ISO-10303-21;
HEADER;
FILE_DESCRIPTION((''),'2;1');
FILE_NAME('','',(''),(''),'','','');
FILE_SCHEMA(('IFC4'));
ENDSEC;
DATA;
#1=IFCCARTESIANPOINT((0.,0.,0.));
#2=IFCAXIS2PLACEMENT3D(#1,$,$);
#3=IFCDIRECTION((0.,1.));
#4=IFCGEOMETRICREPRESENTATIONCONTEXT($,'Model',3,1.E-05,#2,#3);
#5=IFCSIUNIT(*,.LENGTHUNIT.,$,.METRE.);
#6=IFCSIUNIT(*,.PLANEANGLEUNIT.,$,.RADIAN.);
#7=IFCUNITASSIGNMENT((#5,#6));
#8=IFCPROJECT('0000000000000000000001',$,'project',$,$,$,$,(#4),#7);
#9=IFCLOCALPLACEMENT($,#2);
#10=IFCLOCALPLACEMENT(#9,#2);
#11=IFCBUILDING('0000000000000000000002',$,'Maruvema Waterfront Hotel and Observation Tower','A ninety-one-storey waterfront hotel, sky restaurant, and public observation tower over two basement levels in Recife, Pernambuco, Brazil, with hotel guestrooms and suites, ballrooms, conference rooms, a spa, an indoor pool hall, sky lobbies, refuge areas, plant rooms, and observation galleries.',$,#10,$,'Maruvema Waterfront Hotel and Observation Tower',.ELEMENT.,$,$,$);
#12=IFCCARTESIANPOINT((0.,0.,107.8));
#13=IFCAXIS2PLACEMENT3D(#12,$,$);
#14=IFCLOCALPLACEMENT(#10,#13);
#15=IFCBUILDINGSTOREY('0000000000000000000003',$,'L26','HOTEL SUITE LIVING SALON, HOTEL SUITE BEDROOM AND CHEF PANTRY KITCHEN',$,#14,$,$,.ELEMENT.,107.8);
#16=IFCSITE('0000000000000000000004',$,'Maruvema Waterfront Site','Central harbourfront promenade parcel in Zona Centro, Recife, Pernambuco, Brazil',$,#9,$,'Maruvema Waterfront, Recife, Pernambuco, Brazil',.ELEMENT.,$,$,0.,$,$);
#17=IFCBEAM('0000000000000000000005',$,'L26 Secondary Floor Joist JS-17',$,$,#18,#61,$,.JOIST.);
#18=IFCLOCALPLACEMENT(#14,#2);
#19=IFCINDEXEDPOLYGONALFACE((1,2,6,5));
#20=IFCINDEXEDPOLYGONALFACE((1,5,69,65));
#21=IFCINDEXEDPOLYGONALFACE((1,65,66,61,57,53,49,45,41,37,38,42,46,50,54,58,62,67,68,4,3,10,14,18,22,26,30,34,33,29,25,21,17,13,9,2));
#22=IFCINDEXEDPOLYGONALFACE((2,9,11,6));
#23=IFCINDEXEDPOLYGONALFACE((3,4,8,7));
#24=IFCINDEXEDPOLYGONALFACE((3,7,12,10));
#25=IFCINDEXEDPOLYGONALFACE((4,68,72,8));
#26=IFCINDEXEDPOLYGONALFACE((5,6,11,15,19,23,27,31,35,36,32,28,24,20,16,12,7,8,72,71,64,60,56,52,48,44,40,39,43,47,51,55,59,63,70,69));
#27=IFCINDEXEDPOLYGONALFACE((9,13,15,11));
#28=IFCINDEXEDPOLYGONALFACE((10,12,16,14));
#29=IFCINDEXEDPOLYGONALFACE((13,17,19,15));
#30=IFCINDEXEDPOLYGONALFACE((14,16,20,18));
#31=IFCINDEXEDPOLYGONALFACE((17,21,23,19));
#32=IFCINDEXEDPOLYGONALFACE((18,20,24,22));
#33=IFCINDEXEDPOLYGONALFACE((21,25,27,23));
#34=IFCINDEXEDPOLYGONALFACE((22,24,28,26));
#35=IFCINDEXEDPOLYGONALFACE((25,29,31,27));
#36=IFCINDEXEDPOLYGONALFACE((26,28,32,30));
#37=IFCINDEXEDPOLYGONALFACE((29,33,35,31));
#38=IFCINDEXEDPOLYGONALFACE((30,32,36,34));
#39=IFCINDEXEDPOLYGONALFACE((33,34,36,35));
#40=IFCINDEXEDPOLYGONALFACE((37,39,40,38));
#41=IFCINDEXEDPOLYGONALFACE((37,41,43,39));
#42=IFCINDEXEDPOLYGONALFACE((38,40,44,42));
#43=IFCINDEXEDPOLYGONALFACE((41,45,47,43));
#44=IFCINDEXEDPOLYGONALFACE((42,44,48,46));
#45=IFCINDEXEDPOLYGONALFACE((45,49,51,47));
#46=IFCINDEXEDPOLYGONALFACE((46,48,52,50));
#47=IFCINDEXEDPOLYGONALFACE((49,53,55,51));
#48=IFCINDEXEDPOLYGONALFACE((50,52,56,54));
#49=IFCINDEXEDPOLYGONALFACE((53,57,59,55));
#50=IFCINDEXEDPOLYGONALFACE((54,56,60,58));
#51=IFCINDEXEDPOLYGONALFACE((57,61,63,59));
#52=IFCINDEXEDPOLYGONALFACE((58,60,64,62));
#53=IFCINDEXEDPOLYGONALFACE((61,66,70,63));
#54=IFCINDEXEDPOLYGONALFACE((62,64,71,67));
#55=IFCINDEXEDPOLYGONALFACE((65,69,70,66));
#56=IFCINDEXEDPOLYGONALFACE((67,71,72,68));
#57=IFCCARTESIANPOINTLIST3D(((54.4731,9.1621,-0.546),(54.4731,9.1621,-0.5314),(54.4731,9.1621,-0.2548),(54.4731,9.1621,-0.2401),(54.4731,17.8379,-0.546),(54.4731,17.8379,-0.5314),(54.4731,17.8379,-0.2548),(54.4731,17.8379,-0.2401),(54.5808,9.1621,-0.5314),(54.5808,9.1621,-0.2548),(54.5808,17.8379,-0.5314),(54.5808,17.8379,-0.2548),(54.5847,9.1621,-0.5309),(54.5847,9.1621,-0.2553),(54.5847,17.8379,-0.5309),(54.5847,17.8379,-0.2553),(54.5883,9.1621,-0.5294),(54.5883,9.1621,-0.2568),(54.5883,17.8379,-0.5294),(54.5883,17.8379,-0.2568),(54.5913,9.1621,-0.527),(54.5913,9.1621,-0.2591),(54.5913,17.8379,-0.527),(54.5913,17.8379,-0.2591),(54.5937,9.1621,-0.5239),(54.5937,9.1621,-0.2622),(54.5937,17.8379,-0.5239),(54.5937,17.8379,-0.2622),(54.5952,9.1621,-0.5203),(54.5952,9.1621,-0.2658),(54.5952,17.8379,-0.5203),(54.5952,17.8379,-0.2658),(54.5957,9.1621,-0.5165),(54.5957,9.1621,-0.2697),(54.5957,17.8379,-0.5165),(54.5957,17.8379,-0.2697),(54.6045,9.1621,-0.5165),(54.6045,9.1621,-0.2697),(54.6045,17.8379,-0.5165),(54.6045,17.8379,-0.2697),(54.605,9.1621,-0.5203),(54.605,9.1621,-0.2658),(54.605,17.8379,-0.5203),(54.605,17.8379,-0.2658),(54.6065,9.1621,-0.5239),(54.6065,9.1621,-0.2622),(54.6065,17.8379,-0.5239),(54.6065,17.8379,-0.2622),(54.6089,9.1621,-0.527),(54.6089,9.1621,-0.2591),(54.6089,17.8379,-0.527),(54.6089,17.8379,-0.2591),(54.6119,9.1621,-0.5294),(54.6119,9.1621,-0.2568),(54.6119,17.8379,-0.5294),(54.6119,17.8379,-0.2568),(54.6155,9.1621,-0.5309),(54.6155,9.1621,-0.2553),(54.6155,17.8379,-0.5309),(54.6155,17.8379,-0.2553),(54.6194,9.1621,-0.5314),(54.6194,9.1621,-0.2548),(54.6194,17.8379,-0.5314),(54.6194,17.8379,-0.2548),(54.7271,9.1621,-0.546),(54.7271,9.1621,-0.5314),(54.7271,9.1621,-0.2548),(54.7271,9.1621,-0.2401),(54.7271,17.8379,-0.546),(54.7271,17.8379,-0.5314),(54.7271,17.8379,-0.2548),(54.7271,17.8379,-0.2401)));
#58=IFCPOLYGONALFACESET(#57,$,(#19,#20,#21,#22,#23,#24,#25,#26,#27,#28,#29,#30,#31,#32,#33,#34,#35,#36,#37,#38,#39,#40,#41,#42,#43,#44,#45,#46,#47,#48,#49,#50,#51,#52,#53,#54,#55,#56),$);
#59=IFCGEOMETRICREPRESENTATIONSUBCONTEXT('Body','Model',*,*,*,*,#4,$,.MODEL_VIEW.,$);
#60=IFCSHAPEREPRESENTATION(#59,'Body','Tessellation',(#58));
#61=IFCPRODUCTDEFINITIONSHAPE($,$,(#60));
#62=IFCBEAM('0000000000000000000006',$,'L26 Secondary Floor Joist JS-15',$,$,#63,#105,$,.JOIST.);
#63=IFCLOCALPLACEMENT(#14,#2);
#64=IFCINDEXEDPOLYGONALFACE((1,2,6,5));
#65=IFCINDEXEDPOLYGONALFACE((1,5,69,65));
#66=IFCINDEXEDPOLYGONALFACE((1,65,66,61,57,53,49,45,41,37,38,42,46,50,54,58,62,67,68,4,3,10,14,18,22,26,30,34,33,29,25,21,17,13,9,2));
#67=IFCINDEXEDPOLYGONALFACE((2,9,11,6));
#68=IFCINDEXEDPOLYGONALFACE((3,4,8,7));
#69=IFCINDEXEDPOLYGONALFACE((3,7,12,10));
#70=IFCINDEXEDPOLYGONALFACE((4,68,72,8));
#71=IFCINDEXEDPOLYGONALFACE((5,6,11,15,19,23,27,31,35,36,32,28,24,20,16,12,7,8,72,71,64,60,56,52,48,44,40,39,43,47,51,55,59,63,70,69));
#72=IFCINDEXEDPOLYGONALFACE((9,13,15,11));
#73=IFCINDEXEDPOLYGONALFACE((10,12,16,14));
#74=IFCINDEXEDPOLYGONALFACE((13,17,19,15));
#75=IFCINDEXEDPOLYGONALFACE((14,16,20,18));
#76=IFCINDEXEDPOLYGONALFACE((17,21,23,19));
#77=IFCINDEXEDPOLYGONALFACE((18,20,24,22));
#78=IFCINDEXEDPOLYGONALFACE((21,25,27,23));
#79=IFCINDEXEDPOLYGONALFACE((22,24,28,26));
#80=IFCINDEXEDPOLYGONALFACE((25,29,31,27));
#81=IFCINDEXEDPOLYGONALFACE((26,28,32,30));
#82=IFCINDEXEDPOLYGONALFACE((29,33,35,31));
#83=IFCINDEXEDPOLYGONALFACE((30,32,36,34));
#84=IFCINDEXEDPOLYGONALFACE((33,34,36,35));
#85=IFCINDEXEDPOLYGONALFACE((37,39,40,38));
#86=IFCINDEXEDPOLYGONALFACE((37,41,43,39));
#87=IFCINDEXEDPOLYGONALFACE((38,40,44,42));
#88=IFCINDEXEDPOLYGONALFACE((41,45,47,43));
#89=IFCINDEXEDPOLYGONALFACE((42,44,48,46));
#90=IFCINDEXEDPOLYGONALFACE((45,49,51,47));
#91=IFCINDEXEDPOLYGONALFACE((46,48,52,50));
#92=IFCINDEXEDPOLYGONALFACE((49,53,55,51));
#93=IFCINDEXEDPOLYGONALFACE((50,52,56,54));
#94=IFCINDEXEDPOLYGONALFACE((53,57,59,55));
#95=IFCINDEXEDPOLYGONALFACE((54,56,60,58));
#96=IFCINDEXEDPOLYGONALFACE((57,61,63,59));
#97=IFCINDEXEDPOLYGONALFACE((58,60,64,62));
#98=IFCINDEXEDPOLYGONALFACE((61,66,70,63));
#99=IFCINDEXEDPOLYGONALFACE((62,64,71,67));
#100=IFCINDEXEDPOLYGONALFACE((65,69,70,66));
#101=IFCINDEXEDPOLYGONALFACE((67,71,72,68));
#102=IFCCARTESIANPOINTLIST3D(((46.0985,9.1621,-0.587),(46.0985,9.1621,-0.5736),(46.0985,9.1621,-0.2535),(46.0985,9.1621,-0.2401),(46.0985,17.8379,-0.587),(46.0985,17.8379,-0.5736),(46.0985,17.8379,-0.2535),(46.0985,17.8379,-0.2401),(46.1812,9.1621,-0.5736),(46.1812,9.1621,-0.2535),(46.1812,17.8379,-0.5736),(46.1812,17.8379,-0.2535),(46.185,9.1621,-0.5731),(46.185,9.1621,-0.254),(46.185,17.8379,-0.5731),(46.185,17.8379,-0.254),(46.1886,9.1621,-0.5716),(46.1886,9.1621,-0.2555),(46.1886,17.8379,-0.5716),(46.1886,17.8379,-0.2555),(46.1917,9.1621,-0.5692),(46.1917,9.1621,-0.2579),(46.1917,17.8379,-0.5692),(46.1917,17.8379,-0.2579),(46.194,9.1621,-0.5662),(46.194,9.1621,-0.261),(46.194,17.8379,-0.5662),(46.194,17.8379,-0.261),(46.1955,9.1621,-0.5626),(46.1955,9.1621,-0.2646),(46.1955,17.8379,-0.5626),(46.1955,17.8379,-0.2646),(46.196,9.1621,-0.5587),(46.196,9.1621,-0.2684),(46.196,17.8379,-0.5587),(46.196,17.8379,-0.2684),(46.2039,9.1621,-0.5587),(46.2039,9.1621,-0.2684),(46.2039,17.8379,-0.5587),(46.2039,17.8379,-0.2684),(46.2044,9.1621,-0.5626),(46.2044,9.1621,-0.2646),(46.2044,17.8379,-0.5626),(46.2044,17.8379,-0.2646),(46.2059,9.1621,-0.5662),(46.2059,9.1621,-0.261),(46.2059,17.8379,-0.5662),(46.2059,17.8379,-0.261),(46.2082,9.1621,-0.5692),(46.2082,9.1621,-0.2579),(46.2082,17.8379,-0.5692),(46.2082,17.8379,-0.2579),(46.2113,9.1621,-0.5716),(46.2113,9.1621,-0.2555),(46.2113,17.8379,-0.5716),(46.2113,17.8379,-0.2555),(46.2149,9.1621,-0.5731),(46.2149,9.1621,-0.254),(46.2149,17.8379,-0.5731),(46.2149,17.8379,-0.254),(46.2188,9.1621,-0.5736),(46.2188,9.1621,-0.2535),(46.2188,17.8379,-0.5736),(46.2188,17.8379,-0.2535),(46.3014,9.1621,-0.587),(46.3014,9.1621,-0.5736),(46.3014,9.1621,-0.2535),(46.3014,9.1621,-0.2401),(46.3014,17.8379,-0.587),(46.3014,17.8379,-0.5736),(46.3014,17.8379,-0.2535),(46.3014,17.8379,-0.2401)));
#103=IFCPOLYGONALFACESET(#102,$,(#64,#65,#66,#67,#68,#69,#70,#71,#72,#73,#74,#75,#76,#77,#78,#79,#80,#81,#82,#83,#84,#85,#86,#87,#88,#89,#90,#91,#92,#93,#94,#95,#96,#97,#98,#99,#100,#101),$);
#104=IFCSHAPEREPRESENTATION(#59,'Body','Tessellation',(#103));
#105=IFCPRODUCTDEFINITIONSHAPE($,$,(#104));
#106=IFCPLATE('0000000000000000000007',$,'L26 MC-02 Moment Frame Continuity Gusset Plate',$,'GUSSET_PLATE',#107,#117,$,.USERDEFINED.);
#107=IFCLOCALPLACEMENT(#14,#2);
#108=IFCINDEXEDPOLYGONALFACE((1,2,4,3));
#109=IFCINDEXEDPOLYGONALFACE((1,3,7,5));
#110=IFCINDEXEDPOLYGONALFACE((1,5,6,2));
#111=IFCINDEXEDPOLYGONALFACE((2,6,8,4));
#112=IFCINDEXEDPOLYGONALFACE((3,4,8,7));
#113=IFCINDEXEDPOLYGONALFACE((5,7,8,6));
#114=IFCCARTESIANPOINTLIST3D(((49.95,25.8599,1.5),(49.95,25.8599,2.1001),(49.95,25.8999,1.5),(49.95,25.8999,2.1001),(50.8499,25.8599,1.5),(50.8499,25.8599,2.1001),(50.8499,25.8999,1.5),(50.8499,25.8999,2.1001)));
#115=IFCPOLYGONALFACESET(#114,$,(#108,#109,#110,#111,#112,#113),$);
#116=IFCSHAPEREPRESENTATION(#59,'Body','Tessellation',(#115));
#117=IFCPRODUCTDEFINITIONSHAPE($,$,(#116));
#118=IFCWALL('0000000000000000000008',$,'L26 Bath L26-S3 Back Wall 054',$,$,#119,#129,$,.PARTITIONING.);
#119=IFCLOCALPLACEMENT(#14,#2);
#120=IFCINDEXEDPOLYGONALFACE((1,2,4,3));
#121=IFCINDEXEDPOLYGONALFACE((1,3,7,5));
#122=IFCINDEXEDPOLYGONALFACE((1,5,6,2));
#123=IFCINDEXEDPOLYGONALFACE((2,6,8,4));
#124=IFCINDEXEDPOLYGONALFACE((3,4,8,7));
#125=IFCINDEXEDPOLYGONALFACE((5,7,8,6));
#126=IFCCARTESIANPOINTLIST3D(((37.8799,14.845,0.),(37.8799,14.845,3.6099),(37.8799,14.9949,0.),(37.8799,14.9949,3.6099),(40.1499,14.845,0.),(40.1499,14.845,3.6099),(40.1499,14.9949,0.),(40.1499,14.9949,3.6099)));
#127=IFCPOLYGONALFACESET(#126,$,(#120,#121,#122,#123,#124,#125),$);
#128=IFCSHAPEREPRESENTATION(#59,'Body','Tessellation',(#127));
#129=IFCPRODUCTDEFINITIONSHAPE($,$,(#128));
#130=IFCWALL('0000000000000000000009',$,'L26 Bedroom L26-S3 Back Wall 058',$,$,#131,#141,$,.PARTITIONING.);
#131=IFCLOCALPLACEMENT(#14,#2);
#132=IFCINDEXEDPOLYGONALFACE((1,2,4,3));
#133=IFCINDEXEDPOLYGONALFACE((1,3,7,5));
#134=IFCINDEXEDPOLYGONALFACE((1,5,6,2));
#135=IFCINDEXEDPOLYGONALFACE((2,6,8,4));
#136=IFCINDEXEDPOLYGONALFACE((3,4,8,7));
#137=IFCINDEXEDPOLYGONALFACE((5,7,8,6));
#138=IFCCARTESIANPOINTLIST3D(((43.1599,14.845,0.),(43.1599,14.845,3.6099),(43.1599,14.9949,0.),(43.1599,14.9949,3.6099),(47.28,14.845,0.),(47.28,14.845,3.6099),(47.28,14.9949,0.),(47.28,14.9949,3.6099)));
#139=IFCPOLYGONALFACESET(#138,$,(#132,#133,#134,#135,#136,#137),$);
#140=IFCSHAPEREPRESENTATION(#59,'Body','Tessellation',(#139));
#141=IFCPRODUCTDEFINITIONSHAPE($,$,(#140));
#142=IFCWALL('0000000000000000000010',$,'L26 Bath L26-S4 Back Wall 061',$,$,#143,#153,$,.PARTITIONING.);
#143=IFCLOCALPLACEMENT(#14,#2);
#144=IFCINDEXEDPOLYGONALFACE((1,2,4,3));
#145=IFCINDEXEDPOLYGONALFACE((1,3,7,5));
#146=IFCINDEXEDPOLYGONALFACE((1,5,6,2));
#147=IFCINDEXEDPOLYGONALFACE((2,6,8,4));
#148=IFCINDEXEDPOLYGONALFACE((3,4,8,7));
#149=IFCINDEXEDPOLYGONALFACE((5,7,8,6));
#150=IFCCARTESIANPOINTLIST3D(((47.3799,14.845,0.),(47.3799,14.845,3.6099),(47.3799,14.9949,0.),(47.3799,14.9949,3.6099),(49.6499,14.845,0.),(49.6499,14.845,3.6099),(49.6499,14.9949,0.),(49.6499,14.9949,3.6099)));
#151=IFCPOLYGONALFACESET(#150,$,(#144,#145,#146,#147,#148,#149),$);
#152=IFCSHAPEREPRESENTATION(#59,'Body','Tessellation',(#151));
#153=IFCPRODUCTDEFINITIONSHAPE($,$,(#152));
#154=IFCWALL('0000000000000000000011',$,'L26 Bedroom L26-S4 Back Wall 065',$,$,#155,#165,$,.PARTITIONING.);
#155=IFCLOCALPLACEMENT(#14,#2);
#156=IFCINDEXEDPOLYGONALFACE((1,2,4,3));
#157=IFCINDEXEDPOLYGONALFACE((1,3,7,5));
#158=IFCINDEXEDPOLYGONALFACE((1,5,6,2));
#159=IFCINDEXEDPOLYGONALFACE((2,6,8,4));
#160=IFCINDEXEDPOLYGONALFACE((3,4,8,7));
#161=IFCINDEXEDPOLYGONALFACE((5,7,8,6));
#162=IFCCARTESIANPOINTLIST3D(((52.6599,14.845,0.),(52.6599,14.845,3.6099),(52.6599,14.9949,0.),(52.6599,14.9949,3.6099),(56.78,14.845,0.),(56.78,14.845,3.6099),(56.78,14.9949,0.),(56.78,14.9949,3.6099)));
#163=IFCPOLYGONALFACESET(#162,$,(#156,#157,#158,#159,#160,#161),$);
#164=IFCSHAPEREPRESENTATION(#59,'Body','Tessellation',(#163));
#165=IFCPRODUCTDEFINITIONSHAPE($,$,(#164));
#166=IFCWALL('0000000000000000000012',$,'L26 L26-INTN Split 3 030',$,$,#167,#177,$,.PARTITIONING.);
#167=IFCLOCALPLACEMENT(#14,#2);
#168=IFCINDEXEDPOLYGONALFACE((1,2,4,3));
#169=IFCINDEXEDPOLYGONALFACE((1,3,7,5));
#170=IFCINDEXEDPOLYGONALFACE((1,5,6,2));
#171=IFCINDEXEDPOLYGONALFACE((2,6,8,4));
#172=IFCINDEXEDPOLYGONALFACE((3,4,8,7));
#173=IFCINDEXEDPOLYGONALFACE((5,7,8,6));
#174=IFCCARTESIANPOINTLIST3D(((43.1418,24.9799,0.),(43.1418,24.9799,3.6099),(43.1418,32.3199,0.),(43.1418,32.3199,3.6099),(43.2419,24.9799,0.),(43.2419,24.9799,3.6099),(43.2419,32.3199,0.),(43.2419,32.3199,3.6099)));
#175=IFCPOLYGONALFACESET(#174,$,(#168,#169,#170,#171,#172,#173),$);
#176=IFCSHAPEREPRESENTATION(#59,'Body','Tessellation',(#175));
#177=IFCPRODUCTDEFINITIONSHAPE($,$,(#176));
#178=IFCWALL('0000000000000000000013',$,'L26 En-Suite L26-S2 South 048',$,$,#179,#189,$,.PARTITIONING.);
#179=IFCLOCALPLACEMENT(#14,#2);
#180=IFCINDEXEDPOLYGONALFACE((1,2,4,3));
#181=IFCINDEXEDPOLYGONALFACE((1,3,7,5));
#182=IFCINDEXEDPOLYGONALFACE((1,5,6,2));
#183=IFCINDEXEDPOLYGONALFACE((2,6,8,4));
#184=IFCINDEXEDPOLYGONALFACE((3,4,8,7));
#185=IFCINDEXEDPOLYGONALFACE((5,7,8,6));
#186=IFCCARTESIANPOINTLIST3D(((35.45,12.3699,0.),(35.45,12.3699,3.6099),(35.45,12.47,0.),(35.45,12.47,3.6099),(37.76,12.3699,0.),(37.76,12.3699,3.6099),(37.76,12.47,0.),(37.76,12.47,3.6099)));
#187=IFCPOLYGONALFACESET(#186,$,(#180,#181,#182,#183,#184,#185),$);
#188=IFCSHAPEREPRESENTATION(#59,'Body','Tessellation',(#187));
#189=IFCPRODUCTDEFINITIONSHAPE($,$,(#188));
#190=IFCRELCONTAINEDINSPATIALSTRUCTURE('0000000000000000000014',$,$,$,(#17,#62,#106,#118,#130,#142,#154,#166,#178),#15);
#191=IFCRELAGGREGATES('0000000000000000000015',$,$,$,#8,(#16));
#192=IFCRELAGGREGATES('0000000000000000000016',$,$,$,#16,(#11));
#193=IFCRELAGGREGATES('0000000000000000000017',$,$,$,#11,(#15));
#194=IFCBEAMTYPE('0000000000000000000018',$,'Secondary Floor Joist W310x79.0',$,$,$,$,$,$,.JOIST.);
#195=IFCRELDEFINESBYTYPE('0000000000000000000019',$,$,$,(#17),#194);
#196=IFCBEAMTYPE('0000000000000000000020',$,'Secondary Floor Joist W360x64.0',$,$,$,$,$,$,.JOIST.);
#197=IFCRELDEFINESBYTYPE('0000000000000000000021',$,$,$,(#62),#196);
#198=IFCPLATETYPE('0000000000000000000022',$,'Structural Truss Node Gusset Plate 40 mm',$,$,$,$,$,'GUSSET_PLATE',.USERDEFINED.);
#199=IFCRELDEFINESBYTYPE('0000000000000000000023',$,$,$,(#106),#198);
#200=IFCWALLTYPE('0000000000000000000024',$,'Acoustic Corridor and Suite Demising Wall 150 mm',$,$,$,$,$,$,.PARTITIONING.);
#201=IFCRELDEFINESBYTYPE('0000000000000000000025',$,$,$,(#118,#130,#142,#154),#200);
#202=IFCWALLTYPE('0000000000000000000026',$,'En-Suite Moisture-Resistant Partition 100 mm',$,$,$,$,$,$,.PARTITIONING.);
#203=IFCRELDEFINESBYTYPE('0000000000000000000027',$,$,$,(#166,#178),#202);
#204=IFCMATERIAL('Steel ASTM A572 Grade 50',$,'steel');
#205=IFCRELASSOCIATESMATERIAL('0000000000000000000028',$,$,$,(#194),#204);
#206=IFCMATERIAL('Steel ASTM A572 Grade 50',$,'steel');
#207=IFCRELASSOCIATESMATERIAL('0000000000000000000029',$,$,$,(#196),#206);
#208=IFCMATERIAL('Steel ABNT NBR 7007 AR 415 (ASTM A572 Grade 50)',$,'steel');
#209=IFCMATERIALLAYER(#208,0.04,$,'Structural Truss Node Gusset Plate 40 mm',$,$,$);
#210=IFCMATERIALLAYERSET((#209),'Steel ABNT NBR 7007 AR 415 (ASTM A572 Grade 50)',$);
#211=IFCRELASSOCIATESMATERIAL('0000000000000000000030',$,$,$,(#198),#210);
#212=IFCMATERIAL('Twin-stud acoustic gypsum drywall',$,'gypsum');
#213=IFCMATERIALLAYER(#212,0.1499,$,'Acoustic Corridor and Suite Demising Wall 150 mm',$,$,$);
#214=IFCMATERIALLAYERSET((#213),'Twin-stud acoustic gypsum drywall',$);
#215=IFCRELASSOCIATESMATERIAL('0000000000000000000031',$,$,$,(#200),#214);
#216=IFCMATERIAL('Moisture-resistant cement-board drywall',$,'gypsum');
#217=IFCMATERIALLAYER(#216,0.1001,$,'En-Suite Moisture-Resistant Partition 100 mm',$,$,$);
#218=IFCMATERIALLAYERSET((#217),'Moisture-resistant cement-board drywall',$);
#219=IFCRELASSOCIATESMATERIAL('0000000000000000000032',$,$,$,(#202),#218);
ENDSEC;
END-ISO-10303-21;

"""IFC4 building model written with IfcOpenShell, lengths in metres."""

from ifc_helpers import new_model, si_unit, direction, frame, frame_2d, origin, origin_2d, place, context, subcontext, project, spatial, rectangle, i_section, extrude, material, layer, layer_set, material_profile, profile_set, type_object, element, save


model = new_model("IFC4")

# Units and contexts
model_context = context("Model", 3, precision=1e-05, world=origin(), true_north=direction((0.0, 1.0)))
body_context = subcontext(model_context, "Body", "Model", "MODEL_VIEW")
ifc_project = project(units=[si_unit("LENGTHUNIT", "METRE"), si_unit("PLANEANGLEUNIT", "RADIAN")], contexts=[model_context])

# Site, building, storey
site_placement = place(None, origin())
site = spatial("IfcSite", under=ifc_project, at=site_placement, Name="Maruvema Waterfront Site", Description="Central harbourfront promenade parcel in Zona Centro, Recife, Pernambuco, Brazil", LongName="Maruvema Waterfront, Recife, Pernambuco, Brazil", CompositionType="ELEMENT", RefElevation=0.0)
building_placement = place(site_placement, origin())
building = spatial("IfcBuilding", under=site, at=building_placement, Name="Maruvema Waterfront Hotel and Observation Tower", Description="A ninety-one-storey waterfront hotel, sky restaurant, and public observation tower over two basement levels in Recife, Pernambuco, Brazil, with hotel guestrooms and suites, ballrooms, conference rooms, a spa, an indoor pool hall, sky lobbies, refuge areas, plant rooms, and observation galleries.", LongName="Maruvema Waterfront Hotel and Observation Tower", CompositionType="ELEMENT")
storey_placement = place(building_placement, frame((0.0, 0.0, 107.8)))
storey = spatial("IfcBuildingStorey", under=building, at=storey_placement, Name="L26", Description="HOTEL SUITE LIVING SALON, HOTEL SUITE BEDROOM AND CHEF PANTRY KITCHEN", CompositionType="ELEMENT", Elevation=107.8)

# Beams
ifc_material_1 = material(Name="Steel ASTM A572 Grade 50", Category="steel")
ifc_material_profile_1 = material_profile(ifc_material_1, i_section(OverallWidth=0.2539, OverallDepth=0.3059, WebThickness=0.0088, FlangeThickness=0.0146, FilletRadius=0.0149, at=origin_2d()), Name="W310x79.0")
ifc_profile_set_1 = profile_set([ifc_material_profile_1], Name="Steel ASTM A572 Grade 50")
beam_type_1 = type_object("IfcBeamType", Name="Secondary Floor Joist W310x79.0", PredefinedType="JOIST", material=ifc_profile_set_1)
beam_1_placement = place(storey_placement, frame((54.6001, 9.1621, -0.3931), z_axis=(0.0, 1.0, 0.0), x_axis=(-1.0, 0.0, 0.0)))
element("IfcBeam", 1, at=beam_1_placement, inside=storey, type_object=beam_type_1, Name="L26 Secondary Floor Joist JS-17", PredefinedType="JOIST", context=body_context, shape_type="SweptSolid", body=[
    extrude(i_section(OverallWidth=0.2539, OverallDepth=0.3059, WebThickness=0.0088, FlangeThickness=0.0146, FilletRadius=0.0149, at=origin_2d()), origin(), (0.0, 0.0, 1.0), 8.6758),
])
ifc_material_2 = material(Name="Steel ASTM A572 Grade 50", Category="steel")
ifc_material_profile_2 = material_profile(ifc_material_2, i_section(OverallWidth=0.2029, OverallDepth=0.3469, WebThickness=0.0078, FlangeThickness=0.0134, FilletRadius=0.0149, at=origin_2d()), Name="W360x64.0")
ifc_profile_set_2 = profile_set([ifc_material_profile_2], Name="Steel ASTM A572 Grade 50")
beam_type_2 = type_object("IfcBeamType", Name="Secondary Floor Joist W360x64.0", PredefinedType="JOIST", material=ifc_profile_set_2)
beam_2_placement = place(storey_placement, frame((46.2, 9.1621, -0.4136), z_axis=(0.0, 1.0, 0.0), x_axis=(-1.0, 0.0, 0.0)))
element("IfcBeam", 2, at=beam_2_placement, inside=storey, type_object=beam_type_2, Name="L26 Secondary Floor Joist JS-15", PredefinedType="JOIST", context=body_context, shape_type="SweptSolid", body=[
    extrude(i_section(OverallWidth=0.2029, OverallDepth=0.3469, WebThickness=0.0078, FlangeThickness=0.0134, FilletRadius=0.0149, at=origin_2d()), origin(), (0.0, 0.0, 1.0), 8.6758),
])

# Plate
ifc_material_3 = material(Name="Steel ABNT NBR 7007 AR 415 (ASTM A572 Grade 50)", Category="steel")
ifc_layer_1 = layer(ifc_material_3, 0.04, Name="Structural Truss Node Gusset Plate 40 mm")
ifc_layer_set_1 = layer_set([ifc_layer_1], Name="Steel ABNT NBR 7007 AR 415 (ASTM A572 Grade 50)")
plate_type = type_object("IfcPlateType", Name="Structural Truss Node Gusset Plate 40 mm", ElementType="GUSSET_PLATE", PredefinedType="USERDEFINED", material=ifc_layer_set_1)
plate_placement = place(storey_placement, frame((50.3999, 25.8799, 1.5), z_axis=(0.0, 0.0, 1.0), x_axis=(1.0, 0.0, 0.0)))
element("IfcPlate", 3, at=plate_placement, inside=storey, type_object=plate_type, Name="L26 MC-02 Moment Frame Continuity Gusset Plate", ObjectType="GUSSET_PLATE", PredefinedType="USERDEFINED", context=body_context, shape_type="SweptSolid", body=[
    extrude(rectangle(XDim=0.8999, YDim=0.04, at=origin_2d()), origin(), (0.0, 0.0, 1.0), 0.6001),
])

# Wall
ifc_material_4 = material(Name="Twin-stud acoustic gypsum drywall", Category="gypsum")
ifc_layer_2 = layer(ifc_material_4, 0.1499, Name="Acoustic Corridor and Suite Demising Wall 150 mm")
ifc_layer_set_2 = layer_set([ifc_layer_2], Name="Twin-stud acoustic gypsum drywall")
wall_type_1 = type_object("IfcWallType", Name="Acoustic Corridor and Suite Demising Wall 150 mm", PredefinedType="PARTITIONING", material=ifc_layer_set_2)
wall_1_placement = place(storey_placement, frame((37.8799, 14.9199, 0.0), z_axis=(0.0, 0.0, 1.0), x_axis=(1.0, 0.0, 0.0)))
element("IfcWall", 4, at=wall_1_placement, inside=storey, type_object=wall_type_1, Name="L26 Bath L26-S3 Back Wall 054", PredefinedType="PARTITIONING", context=body_context, shape_type="SweptSolid", body=[
    extrude(rectangle(XDim=2.27, YDim=0.1499, at=frame_2d((1.135, 0.0))), origin(), (0.0, 0.0, 1.0), 3.6099),
])

# Walls
wall_2_placement = place(storey_placement, frame((43.1599, 14.9199, 0.0), z_axis=(0.0, 0.0, 1.0), x_axis=(1.0, 0.0, 0.0)))
element("IfcWall", 5, at=wall_2_placement, inside=storey, type_object=wall_type_1, Name="L26 Bedroom L26-S3 Back Wall 058", PredefinedType="PARTITIONING", context=body_context, shape_type="SweptSolid", body=[
    extrude(rectangle(XDim=4.1201, YDim=0.1499, at=frame_2d((2.0601, 0.0))), origin(), (0.0, 0.0, 1.0), 3.6099),
])
wall_3_placement = place(storey_placement, frame((47.3799, 14.9199, 0.0), z_axis=(0.0, 0.0, 1.0), x_axis=(1.0, 0.0, 0.0)))
element("IfcWall", 6, at=wall_3_placement, inside=storey, type_object=wall_type_1, Name="L26 Bath L26-S4 Back Wall 061", PredefinedType="PARTITIONING", context=body_context, shape_type="SweptSolid", body=[
    extrude(rectangle(XDim=2.27, YDim=0.1499, at=frame_2d((1.135, 0.0))), origin(), (0.0, 0.0, 1.0), 3.6099),
])

# Walls
wall_4_placement = place(storey_placement, frame((52.6599, 14.9199, 0.0), z_axis=(0.0, 0.0, 1.0), x_axis=(1.0, 0.0, 0.0)))
element("IfcWall", 7, at=wall_4_placement, inside=storey, type_object=wall_type_1, Name="L26 Bedroom L26-S4 Back Wall 065", PredefinedType="PARTITIONING", context=body_context, shape_type="SweptSolid", body=[
    extrude(rectangle(XDim=4.1201, YDim=0.1499, at=frame_2d((2.0601, 0.0))), origin(), (0.0, 0.0, 1.0), 3.6099),
])
ifc_material_5 = material(Name="Moisture-resistant cement-board drywall", Category="gypsum")
ifc_layer_3 = layer(ifc_material_5, 0.1001, Name="En-Suite Moisture-Resistant Partition 100 mm")
ifc_layer_set_3 = layer_set([ifc_layer_3], Name="Moisture-resistant cement-board drywall")
wall_type_2 = type_object("IfcWallType", Name="En-Suite Moisture-Resistant Partition 100 mm", PredefinedType="PARTITIONING", material=ifc_layer_set_3)
wall_5_placement = place(storey_placement, frame((43.1919, 24.98, 0.0), z_axis=(0.0, 0.0, 1.0), x_axis=(0.0, 1.0, 0.0)))
element("IfcWall", 8, at=wall_5_placement, inside=storey, type_object=wall_type_2, Name="L26 L26-INTN Split 3 030", PredefinedType="PARTITIONING", context=body_context, shape_type="SweptSolid", body=[
    extrude(rectangle(XDim=7.3401, YDim=0.1001, at=frame_2d((3.6699, 0.0))), origin(), (0.0, 0.0, 1.0), 3.6099),
])
wall_6_placement = place(storey_placement, frame((35.45, 12.4199, 0.0), z_axis=(0.0, 0.0, 1.0), x_axis=(1.0, 0.0, 0.0)))
element("IfcWall", 9, at=wall_6_placement, inside=storey, type_object=wall_type_2, Name="L26 En-Suite L26-S2 South 048", PredefinedType="PARTITIONING", context=body_context, shape_type="SweptSolid", body=[
    extrude(rectangle(XDim=2.3101, YDim=0.1001, at=frame_2d((1.155, 0.0))), origin(), (0.0, 0.0, 1.0), 3.6099),
])

save(model, "model.ifc")
